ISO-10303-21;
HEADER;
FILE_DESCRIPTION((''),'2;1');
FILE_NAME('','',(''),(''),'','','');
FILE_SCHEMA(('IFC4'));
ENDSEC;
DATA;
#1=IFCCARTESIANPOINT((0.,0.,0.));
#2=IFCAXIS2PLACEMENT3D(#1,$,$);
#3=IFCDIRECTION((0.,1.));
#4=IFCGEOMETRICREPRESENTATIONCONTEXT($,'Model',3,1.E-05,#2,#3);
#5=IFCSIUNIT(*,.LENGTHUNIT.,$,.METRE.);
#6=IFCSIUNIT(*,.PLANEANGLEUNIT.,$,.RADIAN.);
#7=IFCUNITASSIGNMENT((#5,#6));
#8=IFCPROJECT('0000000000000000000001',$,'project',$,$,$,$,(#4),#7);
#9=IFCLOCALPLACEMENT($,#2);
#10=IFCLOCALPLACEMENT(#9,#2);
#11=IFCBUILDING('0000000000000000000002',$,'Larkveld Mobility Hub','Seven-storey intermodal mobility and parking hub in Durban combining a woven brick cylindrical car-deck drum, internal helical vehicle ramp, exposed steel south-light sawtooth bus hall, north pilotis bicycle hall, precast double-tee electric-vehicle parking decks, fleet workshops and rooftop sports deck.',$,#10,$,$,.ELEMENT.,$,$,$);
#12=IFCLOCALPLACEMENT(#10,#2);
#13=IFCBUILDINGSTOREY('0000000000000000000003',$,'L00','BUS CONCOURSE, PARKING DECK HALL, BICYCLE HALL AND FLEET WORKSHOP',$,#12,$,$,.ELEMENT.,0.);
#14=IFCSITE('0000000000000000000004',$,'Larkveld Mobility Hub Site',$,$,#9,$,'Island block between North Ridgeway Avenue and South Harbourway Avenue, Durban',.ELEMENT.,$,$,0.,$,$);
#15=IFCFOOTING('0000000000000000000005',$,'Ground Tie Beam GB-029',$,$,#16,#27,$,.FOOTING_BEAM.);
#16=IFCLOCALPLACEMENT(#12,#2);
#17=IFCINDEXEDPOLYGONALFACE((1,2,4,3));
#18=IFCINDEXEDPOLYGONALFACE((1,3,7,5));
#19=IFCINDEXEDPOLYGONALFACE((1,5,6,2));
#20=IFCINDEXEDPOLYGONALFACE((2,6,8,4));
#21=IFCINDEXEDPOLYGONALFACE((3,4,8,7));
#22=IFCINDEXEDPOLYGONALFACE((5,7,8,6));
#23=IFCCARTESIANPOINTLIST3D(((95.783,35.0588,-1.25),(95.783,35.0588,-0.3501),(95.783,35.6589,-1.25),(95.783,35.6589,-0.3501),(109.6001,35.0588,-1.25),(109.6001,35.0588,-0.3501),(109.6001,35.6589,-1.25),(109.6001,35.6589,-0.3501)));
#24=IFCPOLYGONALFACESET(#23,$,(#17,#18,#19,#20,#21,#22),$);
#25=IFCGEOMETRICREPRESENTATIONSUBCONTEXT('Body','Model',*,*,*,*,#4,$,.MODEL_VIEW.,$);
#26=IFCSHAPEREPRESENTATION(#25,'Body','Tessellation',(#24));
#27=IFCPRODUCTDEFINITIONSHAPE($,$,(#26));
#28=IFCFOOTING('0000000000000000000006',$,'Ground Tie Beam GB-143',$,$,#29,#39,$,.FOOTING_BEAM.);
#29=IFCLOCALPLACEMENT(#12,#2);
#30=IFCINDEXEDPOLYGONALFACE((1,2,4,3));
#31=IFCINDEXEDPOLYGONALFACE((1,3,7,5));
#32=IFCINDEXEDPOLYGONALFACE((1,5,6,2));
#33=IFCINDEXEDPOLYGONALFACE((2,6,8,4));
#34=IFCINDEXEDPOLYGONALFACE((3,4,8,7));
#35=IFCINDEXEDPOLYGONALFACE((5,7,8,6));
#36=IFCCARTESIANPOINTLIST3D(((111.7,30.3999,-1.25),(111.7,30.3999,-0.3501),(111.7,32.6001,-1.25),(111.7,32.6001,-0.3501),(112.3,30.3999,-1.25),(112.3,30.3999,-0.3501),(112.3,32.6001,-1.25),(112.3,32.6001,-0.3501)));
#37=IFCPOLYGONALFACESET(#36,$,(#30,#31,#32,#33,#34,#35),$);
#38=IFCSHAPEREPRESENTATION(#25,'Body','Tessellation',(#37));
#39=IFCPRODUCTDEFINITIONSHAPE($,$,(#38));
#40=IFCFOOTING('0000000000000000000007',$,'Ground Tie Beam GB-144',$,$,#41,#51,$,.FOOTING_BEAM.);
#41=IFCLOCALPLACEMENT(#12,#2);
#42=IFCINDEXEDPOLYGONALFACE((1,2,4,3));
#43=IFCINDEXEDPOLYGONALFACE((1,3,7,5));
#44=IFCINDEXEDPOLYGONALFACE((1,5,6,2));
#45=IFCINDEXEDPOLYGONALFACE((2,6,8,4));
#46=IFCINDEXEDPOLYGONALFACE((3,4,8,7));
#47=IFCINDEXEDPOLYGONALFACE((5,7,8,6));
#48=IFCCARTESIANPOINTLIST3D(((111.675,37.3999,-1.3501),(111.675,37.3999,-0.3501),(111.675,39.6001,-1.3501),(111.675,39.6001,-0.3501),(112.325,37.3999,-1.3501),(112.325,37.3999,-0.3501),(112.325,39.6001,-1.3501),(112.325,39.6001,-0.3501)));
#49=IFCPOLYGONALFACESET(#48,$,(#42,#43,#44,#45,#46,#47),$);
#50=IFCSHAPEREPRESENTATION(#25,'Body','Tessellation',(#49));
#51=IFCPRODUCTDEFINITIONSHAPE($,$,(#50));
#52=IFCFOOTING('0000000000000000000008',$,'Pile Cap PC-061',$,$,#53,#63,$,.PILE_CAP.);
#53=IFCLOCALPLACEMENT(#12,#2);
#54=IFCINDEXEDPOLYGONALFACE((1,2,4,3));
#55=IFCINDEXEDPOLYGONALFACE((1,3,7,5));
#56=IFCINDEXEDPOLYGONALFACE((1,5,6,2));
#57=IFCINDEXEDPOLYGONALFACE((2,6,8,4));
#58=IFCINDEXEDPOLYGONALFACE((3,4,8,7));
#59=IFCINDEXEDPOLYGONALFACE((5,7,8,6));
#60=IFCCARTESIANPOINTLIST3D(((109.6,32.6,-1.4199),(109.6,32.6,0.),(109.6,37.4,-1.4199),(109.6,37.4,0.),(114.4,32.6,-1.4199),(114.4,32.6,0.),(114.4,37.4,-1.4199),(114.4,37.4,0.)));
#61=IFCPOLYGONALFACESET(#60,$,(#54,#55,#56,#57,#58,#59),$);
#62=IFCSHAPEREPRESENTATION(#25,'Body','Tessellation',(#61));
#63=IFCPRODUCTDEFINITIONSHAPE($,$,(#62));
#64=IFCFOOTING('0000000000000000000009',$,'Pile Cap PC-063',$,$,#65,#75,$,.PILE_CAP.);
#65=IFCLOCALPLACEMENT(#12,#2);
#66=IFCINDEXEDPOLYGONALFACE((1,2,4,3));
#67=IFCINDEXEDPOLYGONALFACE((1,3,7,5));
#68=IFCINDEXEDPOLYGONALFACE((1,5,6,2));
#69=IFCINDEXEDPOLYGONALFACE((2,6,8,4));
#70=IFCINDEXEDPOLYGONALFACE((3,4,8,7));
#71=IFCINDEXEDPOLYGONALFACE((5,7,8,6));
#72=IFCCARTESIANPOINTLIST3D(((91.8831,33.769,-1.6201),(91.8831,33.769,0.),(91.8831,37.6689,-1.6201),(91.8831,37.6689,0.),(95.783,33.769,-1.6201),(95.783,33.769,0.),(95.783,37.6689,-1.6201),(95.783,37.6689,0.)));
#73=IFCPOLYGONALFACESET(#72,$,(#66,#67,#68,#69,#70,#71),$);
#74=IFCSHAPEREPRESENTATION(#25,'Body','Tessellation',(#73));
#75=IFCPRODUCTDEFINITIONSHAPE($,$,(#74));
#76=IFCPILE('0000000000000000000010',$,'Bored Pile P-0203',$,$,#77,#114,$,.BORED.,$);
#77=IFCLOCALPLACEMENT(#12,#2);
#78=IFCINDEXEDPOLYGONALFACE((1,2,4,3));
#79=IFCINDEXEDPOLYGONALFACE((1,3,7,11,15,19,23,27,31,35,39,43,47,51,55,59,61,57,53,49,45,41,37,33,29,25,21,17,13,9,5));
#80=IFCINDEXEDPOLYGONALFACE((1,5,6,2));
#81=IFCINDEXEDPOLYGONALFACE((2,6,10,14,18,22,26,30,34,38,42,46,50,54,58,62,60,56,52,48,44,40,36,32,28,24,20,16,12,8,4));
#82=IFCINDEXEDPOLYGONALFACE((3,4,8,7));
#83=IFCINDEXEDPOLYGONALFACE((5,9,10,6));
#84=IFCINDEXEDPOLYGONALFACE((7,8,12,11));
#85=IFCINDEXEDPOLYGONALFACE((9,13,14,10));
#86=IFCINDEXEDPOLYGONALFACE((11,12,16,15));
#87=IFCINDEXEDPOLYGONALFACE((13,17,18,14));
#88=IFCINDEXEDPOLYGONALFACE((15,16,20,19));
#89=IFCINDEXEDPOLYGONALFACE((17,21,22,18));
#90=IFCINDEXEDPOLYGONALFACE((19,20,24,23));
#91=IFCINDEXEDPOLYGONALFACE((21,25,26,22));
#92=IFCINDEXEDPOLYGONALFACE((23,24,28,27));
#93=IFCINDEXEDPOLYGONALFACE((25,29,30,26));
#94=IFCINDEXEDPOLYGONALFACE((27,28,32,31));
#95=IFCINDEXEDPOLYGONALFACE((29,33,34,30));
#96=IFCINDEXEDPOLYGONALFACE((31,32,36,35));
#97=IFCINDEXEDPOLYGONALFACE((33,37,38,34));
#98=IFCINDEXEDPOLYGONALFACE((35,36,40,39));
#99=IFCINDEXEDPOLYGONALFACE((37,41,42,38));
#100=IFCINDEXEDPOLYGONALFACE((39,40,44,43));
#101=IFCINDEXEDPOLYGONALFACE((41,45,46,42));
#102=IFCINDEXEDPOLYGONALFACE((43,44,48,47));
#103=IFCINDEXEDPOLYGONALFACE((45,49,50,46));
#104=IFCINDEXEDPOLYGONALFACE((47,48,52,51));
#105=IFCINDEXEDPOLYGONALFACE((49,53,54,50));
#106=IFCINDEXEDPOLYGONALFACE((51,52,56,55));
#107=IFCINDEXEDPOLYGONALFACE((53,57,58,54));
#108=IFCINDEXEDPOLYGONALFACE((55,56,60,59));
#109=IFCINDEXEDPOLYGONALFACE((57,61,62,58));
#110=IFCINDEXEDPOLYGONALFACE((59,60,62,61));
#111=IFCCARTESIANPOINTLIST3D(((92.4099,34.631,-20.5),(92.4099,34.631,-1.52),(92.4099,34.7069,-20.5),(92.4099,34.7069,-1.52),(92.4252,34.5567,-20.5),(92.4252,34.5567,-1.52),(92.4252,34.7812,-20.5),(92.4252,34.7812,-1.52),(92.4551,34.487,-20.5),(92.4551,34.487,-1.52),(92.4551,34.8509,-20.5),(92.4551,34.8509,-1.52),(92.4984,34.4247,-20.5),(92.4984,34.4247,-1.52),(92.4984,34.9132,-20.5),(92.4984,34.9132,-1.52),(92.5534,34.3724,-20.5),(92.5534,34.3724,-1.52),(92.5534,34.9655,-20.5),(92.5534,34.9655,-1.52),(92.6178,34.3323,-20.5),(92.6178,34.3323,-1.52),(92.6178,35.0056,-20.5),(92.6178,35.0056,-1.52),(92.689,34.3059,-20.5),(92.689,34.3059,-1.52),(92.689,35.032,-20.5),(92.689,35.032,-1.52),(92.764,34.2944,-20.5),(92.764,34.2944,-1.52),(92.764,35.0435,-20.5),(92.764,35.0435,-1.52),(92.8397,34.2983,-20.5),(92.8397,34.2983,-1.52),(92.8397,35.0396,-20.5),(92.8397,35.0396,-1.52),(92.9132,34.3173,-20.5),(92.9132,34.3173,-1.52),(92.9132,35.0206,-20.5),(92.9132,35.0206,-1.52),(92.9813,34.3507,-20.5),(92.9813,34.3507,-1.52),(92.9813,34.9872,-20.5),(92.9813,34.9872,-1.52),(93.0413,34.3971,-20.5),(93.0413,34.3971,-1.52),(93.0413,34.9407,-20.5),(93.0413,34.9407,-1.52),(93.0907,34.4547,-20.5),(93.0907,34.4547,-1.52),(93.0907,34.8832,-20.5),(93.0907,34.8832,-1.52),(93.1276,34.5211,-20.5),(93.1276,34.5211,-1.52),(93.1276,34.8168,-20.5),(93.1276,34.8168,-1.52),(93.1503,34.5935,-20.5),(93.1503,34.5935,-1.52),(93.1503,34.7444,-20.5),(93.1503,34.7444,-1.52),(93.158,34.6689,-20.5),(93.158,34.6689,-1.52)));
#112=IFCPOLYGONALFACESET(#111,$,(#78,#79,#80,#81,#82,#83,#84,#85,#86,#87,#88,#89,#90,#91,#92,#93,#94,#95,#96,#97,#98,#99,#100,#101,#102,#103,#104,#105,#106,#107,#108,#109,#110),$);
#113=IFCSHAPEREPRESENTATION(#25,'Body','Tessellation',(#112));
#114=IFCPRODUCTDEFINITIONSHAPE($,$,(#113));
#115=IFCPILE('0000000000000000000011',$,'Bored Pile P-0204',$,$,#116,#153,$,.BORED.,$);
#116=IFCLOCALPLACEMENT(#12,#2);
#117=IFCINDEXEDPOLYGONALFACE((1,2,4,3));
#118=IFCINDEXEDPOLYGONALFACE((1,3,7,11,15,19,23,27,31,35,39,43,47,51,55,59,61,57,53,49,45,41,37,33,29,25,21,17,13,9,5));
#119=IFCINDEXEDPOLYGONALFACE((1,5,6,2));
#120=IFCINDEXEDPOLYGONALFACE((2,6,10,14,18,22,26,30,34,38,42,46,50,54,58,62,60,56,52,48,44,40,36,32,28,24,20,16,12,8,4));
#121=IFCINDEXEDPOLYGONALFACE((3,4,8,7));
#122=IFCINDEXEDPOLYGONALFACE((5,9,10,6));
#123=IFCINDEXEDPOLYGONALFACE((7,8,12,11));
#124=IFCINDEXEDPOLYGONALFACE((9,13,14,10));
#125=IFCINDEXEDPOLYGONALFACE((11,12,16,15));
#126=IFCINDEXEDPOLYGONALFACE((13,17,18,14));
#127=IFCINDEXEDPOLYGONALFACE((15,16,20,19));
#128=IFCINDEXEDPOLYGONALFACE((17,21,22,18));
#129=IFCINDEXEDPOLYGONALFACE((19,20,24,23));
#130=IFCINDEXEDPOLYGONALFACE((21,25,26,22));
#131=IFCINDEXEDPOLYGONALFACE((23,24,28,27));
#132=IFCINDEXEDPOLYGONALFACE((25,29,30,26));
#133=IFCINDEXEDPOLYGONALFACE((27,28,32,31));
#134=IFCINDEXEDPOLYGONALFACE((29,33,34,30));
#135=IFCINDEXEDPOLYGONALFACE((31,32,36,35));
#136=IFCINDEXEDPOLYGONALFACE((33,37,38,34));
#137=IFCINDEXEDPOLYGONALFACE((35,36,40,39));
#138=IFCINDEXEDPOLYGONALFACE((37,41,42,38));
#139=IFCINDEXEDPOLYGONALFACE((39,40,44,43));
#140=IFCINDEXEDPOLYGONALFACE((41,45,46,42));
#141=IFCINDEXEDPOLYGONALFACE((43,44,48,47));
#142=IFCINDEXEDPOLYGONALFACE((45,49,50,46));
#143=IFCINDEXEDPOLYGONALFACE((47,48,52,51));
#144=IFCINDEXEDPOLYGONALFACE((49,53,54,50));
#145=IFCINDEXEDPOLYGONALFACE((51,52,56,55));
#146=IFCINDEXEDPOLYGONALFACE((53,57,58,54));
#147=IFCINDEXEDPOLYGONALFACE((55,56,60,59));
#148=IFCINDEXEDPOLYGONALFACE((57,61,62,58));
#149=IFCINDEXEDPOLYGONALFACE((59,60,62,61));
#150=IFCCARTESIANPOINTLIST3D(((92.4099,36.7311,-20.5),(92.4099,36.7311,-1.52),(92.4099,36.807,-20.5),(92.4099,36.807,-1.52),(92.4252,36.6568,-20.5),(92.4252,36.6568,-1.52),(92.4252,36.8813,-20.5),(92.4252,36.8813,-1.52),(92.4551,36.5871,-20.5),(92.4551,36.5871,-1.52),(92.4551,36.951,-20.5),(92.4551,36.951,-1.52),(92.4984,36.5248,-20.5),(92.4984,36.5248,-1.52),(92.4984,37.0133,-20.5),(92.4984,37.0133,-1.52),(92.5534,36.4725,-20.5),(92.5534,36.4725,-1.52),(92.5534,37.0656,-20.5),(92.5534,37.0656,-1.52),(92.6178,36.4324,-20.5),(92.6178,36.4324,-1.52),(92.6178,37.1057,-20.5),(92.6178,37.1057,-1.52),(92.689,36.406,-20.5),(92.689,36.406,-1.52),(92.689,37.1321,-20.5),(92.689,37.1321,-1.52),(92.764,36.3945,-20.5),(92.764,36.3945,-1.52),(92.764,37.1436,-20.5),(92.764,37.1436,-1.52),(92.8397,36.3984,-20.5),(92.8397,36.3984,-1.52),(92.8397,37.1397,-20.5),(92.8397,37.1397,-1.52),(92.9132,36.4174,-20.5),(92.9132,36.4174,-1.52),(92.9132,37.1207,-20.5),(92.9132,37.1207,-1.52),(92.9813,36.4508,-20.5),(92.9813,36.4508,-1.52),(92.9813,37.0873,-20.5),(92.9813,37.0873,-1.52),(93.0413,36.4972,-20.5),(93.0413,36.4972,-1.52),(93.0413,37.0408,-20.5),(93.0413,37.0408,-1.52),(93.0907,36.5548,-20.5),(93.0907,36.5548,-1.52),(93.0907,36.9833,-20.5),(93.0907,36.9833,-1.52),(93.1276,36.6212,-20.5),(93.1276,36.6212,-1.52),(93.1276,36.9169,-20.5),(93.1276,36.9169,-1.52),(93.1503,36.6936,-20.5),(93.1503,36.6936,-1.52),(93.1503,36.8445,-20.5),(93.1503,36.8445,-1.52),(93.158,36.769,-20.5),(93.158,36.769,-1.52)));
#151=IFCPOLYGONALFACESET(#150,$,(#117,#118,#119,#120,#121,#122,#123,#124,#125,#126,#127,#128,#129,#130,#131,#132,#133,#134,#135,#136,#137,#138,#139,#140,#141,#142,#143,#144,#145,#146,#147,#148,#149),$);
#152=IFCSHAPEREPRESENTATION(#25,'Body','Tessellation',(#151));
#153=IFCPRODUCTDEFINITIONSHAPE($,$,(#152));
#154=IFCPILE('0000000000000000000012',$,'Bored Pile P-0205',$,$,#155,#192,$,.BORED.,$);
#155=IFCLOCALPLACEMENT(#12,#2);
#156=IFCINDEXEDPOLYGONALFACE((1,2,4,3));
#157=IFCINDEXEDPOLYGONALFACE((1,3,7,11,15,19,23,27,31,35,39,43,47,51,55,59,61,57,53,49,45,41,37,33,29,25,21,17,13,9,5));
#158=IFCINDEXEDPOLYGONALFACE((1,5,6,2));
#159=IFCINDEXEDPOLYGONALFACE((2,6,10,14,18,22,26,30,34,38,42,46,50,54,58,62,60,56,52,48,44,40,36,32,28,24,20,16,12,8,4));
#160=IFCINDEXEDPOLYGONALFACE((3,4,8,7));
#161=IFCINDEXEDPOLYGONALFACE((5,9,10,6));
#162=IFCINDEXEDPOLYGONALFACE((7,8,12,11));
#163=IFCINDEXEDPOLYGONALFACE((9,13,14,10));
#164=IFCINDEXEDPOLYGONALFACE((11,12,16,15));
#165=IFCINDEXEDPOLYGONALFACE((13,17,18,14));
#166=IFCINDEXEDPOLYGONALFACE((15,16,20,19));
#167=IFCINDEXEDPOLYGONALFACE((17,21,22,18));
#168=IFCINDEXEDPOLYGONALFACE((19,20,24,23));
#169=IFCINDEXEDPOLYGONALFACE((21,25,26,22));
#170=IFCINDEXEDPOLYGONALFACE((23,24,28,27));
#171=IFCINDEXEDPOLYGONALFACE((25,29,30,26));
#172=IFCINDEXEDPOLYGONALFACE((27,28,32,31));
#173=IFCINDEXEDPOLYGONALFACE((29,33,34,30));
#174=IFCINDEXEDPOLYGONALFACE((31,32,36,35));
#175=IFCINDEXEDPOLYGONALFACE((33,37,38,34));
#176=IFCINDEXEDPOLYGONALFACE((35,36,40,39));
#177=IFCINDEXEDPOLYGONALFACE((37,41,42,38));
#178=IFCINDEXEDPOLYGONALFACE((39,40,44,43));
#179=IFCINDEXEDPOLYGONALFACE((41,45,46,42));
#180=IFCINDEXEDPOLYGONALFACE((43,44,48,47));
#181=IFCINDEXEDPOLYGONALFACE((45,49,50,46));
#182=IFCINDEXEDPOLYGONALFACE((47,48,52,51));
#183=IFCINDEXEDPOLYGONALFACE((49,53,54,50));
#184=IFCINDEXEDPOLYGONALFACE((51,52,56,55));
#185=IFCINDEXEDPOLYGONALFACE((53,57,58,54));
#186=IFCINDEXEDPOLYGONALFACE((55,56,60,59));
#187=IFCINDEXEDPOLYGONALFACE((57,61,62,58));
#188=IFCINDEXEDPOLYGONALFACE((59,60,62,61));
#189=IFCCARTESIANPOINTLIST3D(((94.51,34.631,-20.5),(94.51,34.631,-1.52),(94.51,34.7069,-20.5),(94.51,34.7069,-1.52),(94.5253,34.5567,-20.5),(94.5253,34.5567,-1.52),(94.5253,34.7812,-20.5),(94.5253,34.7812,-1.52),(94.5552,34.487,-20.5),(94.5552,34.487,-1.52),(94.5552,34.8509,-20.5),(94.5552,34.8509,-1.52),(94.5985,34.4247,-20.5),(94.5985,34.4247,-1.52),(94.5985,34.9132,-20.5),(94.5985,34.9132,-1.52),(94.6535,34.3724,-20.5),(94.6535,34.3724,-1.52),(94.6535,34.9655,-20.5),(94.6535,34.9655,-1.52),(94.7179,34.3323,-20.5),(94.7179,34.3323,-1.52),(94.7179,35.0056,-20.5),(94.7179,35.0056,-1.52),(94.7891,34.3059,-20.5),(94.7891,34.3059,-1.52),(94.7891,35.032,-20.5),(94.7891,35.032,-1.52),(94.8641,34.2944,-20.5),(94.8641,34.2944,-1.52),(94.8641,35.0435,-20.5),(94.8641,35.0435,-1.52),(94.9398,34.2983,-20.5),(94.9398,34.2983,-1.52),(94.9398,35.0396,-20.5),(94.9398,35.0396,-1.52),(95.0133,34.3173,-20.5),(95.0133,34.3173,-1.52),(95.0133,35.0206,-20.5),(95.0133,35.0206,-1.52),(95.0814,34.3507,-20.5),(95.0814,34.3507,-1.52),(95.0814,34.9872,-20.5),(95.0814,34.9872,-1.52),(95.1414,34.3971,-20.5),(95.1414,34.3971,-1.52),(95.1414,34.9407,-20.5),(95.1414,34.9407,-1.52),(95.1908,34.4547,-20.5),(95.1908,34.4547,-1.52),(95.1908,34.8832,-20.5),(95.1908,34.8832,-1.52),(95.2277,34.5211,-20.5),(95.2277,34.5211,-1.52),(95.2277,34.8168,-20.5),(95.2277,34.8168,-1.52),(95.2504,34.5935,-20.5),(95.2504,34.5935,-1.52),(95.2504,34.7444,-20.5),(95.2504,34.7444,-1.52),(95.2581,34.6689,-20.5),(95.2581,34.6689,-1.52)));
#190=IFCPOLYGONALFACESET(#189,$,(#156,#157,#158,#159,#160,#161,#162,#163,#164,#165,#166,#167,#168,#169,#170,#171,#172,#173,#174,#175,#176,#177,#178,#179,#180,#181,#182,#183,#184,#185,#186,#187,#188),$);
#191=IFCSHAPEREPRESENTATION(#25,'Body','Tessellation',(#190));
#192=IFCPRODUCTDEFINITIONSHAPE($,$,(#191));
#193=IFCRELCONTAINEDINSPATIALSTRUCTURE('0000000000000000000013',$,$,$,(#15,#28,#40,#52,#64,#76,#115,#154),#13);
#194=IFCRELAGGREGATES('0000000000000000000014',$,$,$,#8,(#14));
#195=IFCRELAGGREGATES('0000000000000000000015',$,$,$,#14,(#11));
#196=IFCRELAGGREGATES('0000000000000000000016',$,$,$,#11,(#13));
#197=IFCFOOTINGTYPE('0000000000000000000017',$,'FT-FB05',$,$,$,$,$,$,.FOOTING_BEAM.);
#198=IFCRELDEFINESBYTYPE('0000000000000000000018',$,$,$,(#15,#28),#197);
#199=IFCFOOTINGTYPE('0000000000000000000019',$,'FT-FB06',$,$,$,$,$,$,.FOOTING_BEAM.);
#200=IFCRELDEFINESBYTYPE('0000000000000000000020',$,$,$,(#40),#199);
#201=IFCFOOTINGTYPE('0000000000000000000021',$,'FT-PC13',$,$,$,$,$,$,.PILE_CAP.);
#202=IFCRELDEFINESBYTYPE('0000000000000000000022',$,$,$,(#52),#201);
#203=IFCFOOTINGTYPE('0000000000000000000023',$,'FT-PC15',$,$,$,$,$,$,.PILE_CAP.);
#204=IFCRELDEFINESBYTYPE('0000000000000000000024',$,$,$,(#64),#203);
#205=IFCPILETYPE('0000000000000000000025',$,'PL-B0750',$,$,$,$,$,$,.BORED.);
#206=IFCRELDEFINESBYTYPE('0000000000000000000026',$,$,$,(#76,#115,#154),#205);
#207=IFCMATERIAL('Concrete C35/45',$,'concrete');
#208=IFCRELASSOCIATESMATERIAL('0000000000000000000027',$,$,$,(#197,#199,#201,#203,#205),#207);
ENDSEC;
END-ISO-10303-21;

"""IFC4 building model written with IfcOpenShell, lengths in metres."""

from ifc_helpers import new_model, si_unit, direction, frame, origin, origin_2d, place, context, subcontext, project, spatial, rectangle, circle, extrude, material, material_profile, profile_set, type_object, element, save


model = new_model("IFC4")

# Units and contexts
model_context = context("Model", 3, precision=1e-05, world=origin(), true_north=direction((0.0, 1.0)))
body_context = subcontext(model_context, "Body", "Model", "MODEL_VIEW")
ifc_project = project(units=[si_unit("LENGTHUNIT", "METRE"), si_unit("PLANEANGLEUNIT", "RADIAN")], contexts=[model_context])

# Site, building, storey
site_placement = place(None, origin())
site = spatial("IfcSite", under=ifc_project, at=site_placement, Name="Larkveld Mobility Hub Site", LongName="Island block between North Ridgeway Avenue and South Harbourway Avenue, Durban", CompositionType="ELEMENT", RefElevation=0.0)
building_placement = place(site_placement, origin())
building = spatial("IfcBuilding", under=site, at=building_placement, Name="Larkveld Mobility Hub", Description="Seven-storey intermodal mobility and parking hub in Durban combining a woven brick cylindrical car-deck drum, internal helical vehicle ramp, exposed steel south-light sawtooth bus hall, north pilotis bicycle hall, precast double-tee electric-vehicle parking decks, fleet workshops and rooftop sports deck.", CompositionType="ELEMENT")
storey_placement = place(building_placement, origin())
storey = spatial("IfcBuildingStorey", under=building, at=storey_placement, Name="L00", Description="BUS CONCOURSE, PARKING DECK HALL, BICYCLE HALL AND FLEET WORKSHOP", CompositionType="ELEMENT", Elevation=0.0)

# Footings
ifc_material_1 = material(Name="Concrete C35/45", Category="concrete")
ifc_material_profile_1 = material_profile(ifc_material_1, rectangle(XDim=0.6001, YDim=0.8999, at=origin_2d()), Name="RC BM 600x900")
ifc_profile_set_1 = profile_set([ifc_material_profile_1], Name="Concrete C35/45")
footing_type_1 = type_object("IfcFootingType", Name="FT-FB05", PredefinedType="FOOTING_BEAM", material=ifc_profile_set_1)
footing_1_placement = place(storey_placement, frame((95.783, 35.3589, -0.8), z_axis=(1.0, 0.0, 0.0), x_axis=(0.0, 1.0, 0.0)))
element("IfcFooting", 1, at=footing_1_placement, inside=storey, type_object=footing_type_1, Name="Ground Tie Beam GB-029", PredefinedType="FOOTING_BEAM", context=body_context, shape_type="SweptSolid", body=[
    extrude(rectangle(XDim=0.6001, YDim=0.8999, at=origin_2d()), origin(), (0.0, 0.0, 1.0), 13.8171),
])
footing_2_placement = place(storey_placement, frame((112.0, 30.3999, -0.8), z_axis=(0.0, 1.0, 0.0), x_axis=(-1.0, 0.0, 0.0)))
element("IfcFooting", 2, at=footing_2_placement, inside=storey, type_object=footing_type_1, Name="Ground Tie Beam GB-143", PredefinedType="FOOTING_BEAM", context=body_context, shape_type="SweptSolid", body=[
    extrude(rectangle(XDim=0.6001, YDim=0.8999, at=origin_2d()), origin(), (0.0, 0.0, 1.0), 2.2002),
])
ifc_material_profile_2 = material_profile(ifc_material_1, rectangle(XDim=0.6499, YDim=1.0, at=origin_2d()), Name="RC BM 650x1000")
ifc_profile_set_2 = profile_set([ifc_material_profile_2], Name="Concrete C35/45")
footing_type_2 = type_object("IfcFootingType", Name="FT-FB06", PredefinedType="FOOTING_BEAM", material=ifc_profile_set_2)
footing_3_placement = place(storey_placement, frame((112.0, 37.3999, -0.8501), z_axis=(0.0, 1.0, 0.0), x_axis=(-1.0, 0.0, 0.0)))
element("IfcFooting", 3, at=footing_3_placement, inside=storey, type_object=footing_type_2, Name="Ground Tie Beam GB-144", PredefinedType="FOOTING_BEAM", context=body_context, shape_type="SweptSolid", body=[
    extrude(rectangle(XDim=0.6499, YDim=1.0, at=origin_2d()), origin(), (0.0, 0.0, 1.0), 2.2002),
])
footing_type_3 = type_object("IfcFootingType", Name="FT-PC13", PredefinedType="PILE_CAP", material=ifc_material_1)
footing_4_placement = place(storey_placement, frame((112.0, 35.0, -1.4199), z_axis=(0.0, 0.0, 1.0), x_axis=(1.0, 0.0, 0.0)))
element("IfcFooting", 4, at=footing_4_placement, inside=storey, type_object=footing_type_3, Name="Pile Cap PC-061", PredefinedType="PILE_CAP", context=body_context, shape_type="SweptSolid", body=[
    extrude(rectangle(XDim=4.8, YDim=4.8, at=origin_2d()), origin(), (0.0, 0.0, 1.0), 1.4199),
])
footing_type_4 = type_object("IfcFootingType", Name="FT-PC15", PredefinedType="PILE_CAP", material=ifc_material_1)
footing_5_placement = place(storey_placement, frame((93.833, 35.719, -1.6201), z_axis=(0.0, 0.0, 1.0), x_axis=(1.0, 0.0, 0.0)))
element("IfcFooting", 5, at=footing_5_placement, inside=storey, type_object=footing_type_4, Name="Pile Cap PC-063", PredefinedType="PILE_CAP", context=body_context, shape_type="SweptSolid", body=[
    extrude(rectangle(XDim=3.8999, YDim=3.8999, at=origin_2d()), origin(), (0.0, 0.0, 1.0), 1.6201),
])

# Piles
ifc_material_profile_3 = material_profile(ifc_material_1, circle(Radius=0.375, at=origin_2d()), Name="PILE D750")
ifc_profile_set_3 = profile_set([ifc_material_profile_3], Name="Concrete C35/45")
pile_type_1 = type_object("IfcPileType", Name="PL-B0750", PredefinedType="BORED", material=ifc_profile_set_3)
for number, where, z_axis, x_axis, name in (
    (6, (92.783, 34.6689, -1.52), (0.0, 0.0, -1.0), (1.0, 0.0, 0.0), "Bored Pile P-0203"),
    (7, (92.783, 36.769, -1.52), (0.0, 0.0, -1.0), (1.0, 0.0, 0.0), "Bored Pile P-0204"),
    (8, (94.8831, 34.6689, -1.52), (0.0, 0.0, -1.0), (1.0, 0.0, 0.0), "Bored Pile P-0205"),
):
    element("IfcPile", number, at=place(storey_placement, frame(where, z_axis=z_axis, x_axis=x_axis)), inside=storey, type_object=pile_type_1, Name=name, PredefinedType="BORED", context=body_context, shape_type="SweptSolid", body=[
        extrude(circle(Radius=0.375, at=origin_2d()), origin(), (0.0, 0.0, 1.0), 18.98),
    ])

save(model, "model.ifc")
